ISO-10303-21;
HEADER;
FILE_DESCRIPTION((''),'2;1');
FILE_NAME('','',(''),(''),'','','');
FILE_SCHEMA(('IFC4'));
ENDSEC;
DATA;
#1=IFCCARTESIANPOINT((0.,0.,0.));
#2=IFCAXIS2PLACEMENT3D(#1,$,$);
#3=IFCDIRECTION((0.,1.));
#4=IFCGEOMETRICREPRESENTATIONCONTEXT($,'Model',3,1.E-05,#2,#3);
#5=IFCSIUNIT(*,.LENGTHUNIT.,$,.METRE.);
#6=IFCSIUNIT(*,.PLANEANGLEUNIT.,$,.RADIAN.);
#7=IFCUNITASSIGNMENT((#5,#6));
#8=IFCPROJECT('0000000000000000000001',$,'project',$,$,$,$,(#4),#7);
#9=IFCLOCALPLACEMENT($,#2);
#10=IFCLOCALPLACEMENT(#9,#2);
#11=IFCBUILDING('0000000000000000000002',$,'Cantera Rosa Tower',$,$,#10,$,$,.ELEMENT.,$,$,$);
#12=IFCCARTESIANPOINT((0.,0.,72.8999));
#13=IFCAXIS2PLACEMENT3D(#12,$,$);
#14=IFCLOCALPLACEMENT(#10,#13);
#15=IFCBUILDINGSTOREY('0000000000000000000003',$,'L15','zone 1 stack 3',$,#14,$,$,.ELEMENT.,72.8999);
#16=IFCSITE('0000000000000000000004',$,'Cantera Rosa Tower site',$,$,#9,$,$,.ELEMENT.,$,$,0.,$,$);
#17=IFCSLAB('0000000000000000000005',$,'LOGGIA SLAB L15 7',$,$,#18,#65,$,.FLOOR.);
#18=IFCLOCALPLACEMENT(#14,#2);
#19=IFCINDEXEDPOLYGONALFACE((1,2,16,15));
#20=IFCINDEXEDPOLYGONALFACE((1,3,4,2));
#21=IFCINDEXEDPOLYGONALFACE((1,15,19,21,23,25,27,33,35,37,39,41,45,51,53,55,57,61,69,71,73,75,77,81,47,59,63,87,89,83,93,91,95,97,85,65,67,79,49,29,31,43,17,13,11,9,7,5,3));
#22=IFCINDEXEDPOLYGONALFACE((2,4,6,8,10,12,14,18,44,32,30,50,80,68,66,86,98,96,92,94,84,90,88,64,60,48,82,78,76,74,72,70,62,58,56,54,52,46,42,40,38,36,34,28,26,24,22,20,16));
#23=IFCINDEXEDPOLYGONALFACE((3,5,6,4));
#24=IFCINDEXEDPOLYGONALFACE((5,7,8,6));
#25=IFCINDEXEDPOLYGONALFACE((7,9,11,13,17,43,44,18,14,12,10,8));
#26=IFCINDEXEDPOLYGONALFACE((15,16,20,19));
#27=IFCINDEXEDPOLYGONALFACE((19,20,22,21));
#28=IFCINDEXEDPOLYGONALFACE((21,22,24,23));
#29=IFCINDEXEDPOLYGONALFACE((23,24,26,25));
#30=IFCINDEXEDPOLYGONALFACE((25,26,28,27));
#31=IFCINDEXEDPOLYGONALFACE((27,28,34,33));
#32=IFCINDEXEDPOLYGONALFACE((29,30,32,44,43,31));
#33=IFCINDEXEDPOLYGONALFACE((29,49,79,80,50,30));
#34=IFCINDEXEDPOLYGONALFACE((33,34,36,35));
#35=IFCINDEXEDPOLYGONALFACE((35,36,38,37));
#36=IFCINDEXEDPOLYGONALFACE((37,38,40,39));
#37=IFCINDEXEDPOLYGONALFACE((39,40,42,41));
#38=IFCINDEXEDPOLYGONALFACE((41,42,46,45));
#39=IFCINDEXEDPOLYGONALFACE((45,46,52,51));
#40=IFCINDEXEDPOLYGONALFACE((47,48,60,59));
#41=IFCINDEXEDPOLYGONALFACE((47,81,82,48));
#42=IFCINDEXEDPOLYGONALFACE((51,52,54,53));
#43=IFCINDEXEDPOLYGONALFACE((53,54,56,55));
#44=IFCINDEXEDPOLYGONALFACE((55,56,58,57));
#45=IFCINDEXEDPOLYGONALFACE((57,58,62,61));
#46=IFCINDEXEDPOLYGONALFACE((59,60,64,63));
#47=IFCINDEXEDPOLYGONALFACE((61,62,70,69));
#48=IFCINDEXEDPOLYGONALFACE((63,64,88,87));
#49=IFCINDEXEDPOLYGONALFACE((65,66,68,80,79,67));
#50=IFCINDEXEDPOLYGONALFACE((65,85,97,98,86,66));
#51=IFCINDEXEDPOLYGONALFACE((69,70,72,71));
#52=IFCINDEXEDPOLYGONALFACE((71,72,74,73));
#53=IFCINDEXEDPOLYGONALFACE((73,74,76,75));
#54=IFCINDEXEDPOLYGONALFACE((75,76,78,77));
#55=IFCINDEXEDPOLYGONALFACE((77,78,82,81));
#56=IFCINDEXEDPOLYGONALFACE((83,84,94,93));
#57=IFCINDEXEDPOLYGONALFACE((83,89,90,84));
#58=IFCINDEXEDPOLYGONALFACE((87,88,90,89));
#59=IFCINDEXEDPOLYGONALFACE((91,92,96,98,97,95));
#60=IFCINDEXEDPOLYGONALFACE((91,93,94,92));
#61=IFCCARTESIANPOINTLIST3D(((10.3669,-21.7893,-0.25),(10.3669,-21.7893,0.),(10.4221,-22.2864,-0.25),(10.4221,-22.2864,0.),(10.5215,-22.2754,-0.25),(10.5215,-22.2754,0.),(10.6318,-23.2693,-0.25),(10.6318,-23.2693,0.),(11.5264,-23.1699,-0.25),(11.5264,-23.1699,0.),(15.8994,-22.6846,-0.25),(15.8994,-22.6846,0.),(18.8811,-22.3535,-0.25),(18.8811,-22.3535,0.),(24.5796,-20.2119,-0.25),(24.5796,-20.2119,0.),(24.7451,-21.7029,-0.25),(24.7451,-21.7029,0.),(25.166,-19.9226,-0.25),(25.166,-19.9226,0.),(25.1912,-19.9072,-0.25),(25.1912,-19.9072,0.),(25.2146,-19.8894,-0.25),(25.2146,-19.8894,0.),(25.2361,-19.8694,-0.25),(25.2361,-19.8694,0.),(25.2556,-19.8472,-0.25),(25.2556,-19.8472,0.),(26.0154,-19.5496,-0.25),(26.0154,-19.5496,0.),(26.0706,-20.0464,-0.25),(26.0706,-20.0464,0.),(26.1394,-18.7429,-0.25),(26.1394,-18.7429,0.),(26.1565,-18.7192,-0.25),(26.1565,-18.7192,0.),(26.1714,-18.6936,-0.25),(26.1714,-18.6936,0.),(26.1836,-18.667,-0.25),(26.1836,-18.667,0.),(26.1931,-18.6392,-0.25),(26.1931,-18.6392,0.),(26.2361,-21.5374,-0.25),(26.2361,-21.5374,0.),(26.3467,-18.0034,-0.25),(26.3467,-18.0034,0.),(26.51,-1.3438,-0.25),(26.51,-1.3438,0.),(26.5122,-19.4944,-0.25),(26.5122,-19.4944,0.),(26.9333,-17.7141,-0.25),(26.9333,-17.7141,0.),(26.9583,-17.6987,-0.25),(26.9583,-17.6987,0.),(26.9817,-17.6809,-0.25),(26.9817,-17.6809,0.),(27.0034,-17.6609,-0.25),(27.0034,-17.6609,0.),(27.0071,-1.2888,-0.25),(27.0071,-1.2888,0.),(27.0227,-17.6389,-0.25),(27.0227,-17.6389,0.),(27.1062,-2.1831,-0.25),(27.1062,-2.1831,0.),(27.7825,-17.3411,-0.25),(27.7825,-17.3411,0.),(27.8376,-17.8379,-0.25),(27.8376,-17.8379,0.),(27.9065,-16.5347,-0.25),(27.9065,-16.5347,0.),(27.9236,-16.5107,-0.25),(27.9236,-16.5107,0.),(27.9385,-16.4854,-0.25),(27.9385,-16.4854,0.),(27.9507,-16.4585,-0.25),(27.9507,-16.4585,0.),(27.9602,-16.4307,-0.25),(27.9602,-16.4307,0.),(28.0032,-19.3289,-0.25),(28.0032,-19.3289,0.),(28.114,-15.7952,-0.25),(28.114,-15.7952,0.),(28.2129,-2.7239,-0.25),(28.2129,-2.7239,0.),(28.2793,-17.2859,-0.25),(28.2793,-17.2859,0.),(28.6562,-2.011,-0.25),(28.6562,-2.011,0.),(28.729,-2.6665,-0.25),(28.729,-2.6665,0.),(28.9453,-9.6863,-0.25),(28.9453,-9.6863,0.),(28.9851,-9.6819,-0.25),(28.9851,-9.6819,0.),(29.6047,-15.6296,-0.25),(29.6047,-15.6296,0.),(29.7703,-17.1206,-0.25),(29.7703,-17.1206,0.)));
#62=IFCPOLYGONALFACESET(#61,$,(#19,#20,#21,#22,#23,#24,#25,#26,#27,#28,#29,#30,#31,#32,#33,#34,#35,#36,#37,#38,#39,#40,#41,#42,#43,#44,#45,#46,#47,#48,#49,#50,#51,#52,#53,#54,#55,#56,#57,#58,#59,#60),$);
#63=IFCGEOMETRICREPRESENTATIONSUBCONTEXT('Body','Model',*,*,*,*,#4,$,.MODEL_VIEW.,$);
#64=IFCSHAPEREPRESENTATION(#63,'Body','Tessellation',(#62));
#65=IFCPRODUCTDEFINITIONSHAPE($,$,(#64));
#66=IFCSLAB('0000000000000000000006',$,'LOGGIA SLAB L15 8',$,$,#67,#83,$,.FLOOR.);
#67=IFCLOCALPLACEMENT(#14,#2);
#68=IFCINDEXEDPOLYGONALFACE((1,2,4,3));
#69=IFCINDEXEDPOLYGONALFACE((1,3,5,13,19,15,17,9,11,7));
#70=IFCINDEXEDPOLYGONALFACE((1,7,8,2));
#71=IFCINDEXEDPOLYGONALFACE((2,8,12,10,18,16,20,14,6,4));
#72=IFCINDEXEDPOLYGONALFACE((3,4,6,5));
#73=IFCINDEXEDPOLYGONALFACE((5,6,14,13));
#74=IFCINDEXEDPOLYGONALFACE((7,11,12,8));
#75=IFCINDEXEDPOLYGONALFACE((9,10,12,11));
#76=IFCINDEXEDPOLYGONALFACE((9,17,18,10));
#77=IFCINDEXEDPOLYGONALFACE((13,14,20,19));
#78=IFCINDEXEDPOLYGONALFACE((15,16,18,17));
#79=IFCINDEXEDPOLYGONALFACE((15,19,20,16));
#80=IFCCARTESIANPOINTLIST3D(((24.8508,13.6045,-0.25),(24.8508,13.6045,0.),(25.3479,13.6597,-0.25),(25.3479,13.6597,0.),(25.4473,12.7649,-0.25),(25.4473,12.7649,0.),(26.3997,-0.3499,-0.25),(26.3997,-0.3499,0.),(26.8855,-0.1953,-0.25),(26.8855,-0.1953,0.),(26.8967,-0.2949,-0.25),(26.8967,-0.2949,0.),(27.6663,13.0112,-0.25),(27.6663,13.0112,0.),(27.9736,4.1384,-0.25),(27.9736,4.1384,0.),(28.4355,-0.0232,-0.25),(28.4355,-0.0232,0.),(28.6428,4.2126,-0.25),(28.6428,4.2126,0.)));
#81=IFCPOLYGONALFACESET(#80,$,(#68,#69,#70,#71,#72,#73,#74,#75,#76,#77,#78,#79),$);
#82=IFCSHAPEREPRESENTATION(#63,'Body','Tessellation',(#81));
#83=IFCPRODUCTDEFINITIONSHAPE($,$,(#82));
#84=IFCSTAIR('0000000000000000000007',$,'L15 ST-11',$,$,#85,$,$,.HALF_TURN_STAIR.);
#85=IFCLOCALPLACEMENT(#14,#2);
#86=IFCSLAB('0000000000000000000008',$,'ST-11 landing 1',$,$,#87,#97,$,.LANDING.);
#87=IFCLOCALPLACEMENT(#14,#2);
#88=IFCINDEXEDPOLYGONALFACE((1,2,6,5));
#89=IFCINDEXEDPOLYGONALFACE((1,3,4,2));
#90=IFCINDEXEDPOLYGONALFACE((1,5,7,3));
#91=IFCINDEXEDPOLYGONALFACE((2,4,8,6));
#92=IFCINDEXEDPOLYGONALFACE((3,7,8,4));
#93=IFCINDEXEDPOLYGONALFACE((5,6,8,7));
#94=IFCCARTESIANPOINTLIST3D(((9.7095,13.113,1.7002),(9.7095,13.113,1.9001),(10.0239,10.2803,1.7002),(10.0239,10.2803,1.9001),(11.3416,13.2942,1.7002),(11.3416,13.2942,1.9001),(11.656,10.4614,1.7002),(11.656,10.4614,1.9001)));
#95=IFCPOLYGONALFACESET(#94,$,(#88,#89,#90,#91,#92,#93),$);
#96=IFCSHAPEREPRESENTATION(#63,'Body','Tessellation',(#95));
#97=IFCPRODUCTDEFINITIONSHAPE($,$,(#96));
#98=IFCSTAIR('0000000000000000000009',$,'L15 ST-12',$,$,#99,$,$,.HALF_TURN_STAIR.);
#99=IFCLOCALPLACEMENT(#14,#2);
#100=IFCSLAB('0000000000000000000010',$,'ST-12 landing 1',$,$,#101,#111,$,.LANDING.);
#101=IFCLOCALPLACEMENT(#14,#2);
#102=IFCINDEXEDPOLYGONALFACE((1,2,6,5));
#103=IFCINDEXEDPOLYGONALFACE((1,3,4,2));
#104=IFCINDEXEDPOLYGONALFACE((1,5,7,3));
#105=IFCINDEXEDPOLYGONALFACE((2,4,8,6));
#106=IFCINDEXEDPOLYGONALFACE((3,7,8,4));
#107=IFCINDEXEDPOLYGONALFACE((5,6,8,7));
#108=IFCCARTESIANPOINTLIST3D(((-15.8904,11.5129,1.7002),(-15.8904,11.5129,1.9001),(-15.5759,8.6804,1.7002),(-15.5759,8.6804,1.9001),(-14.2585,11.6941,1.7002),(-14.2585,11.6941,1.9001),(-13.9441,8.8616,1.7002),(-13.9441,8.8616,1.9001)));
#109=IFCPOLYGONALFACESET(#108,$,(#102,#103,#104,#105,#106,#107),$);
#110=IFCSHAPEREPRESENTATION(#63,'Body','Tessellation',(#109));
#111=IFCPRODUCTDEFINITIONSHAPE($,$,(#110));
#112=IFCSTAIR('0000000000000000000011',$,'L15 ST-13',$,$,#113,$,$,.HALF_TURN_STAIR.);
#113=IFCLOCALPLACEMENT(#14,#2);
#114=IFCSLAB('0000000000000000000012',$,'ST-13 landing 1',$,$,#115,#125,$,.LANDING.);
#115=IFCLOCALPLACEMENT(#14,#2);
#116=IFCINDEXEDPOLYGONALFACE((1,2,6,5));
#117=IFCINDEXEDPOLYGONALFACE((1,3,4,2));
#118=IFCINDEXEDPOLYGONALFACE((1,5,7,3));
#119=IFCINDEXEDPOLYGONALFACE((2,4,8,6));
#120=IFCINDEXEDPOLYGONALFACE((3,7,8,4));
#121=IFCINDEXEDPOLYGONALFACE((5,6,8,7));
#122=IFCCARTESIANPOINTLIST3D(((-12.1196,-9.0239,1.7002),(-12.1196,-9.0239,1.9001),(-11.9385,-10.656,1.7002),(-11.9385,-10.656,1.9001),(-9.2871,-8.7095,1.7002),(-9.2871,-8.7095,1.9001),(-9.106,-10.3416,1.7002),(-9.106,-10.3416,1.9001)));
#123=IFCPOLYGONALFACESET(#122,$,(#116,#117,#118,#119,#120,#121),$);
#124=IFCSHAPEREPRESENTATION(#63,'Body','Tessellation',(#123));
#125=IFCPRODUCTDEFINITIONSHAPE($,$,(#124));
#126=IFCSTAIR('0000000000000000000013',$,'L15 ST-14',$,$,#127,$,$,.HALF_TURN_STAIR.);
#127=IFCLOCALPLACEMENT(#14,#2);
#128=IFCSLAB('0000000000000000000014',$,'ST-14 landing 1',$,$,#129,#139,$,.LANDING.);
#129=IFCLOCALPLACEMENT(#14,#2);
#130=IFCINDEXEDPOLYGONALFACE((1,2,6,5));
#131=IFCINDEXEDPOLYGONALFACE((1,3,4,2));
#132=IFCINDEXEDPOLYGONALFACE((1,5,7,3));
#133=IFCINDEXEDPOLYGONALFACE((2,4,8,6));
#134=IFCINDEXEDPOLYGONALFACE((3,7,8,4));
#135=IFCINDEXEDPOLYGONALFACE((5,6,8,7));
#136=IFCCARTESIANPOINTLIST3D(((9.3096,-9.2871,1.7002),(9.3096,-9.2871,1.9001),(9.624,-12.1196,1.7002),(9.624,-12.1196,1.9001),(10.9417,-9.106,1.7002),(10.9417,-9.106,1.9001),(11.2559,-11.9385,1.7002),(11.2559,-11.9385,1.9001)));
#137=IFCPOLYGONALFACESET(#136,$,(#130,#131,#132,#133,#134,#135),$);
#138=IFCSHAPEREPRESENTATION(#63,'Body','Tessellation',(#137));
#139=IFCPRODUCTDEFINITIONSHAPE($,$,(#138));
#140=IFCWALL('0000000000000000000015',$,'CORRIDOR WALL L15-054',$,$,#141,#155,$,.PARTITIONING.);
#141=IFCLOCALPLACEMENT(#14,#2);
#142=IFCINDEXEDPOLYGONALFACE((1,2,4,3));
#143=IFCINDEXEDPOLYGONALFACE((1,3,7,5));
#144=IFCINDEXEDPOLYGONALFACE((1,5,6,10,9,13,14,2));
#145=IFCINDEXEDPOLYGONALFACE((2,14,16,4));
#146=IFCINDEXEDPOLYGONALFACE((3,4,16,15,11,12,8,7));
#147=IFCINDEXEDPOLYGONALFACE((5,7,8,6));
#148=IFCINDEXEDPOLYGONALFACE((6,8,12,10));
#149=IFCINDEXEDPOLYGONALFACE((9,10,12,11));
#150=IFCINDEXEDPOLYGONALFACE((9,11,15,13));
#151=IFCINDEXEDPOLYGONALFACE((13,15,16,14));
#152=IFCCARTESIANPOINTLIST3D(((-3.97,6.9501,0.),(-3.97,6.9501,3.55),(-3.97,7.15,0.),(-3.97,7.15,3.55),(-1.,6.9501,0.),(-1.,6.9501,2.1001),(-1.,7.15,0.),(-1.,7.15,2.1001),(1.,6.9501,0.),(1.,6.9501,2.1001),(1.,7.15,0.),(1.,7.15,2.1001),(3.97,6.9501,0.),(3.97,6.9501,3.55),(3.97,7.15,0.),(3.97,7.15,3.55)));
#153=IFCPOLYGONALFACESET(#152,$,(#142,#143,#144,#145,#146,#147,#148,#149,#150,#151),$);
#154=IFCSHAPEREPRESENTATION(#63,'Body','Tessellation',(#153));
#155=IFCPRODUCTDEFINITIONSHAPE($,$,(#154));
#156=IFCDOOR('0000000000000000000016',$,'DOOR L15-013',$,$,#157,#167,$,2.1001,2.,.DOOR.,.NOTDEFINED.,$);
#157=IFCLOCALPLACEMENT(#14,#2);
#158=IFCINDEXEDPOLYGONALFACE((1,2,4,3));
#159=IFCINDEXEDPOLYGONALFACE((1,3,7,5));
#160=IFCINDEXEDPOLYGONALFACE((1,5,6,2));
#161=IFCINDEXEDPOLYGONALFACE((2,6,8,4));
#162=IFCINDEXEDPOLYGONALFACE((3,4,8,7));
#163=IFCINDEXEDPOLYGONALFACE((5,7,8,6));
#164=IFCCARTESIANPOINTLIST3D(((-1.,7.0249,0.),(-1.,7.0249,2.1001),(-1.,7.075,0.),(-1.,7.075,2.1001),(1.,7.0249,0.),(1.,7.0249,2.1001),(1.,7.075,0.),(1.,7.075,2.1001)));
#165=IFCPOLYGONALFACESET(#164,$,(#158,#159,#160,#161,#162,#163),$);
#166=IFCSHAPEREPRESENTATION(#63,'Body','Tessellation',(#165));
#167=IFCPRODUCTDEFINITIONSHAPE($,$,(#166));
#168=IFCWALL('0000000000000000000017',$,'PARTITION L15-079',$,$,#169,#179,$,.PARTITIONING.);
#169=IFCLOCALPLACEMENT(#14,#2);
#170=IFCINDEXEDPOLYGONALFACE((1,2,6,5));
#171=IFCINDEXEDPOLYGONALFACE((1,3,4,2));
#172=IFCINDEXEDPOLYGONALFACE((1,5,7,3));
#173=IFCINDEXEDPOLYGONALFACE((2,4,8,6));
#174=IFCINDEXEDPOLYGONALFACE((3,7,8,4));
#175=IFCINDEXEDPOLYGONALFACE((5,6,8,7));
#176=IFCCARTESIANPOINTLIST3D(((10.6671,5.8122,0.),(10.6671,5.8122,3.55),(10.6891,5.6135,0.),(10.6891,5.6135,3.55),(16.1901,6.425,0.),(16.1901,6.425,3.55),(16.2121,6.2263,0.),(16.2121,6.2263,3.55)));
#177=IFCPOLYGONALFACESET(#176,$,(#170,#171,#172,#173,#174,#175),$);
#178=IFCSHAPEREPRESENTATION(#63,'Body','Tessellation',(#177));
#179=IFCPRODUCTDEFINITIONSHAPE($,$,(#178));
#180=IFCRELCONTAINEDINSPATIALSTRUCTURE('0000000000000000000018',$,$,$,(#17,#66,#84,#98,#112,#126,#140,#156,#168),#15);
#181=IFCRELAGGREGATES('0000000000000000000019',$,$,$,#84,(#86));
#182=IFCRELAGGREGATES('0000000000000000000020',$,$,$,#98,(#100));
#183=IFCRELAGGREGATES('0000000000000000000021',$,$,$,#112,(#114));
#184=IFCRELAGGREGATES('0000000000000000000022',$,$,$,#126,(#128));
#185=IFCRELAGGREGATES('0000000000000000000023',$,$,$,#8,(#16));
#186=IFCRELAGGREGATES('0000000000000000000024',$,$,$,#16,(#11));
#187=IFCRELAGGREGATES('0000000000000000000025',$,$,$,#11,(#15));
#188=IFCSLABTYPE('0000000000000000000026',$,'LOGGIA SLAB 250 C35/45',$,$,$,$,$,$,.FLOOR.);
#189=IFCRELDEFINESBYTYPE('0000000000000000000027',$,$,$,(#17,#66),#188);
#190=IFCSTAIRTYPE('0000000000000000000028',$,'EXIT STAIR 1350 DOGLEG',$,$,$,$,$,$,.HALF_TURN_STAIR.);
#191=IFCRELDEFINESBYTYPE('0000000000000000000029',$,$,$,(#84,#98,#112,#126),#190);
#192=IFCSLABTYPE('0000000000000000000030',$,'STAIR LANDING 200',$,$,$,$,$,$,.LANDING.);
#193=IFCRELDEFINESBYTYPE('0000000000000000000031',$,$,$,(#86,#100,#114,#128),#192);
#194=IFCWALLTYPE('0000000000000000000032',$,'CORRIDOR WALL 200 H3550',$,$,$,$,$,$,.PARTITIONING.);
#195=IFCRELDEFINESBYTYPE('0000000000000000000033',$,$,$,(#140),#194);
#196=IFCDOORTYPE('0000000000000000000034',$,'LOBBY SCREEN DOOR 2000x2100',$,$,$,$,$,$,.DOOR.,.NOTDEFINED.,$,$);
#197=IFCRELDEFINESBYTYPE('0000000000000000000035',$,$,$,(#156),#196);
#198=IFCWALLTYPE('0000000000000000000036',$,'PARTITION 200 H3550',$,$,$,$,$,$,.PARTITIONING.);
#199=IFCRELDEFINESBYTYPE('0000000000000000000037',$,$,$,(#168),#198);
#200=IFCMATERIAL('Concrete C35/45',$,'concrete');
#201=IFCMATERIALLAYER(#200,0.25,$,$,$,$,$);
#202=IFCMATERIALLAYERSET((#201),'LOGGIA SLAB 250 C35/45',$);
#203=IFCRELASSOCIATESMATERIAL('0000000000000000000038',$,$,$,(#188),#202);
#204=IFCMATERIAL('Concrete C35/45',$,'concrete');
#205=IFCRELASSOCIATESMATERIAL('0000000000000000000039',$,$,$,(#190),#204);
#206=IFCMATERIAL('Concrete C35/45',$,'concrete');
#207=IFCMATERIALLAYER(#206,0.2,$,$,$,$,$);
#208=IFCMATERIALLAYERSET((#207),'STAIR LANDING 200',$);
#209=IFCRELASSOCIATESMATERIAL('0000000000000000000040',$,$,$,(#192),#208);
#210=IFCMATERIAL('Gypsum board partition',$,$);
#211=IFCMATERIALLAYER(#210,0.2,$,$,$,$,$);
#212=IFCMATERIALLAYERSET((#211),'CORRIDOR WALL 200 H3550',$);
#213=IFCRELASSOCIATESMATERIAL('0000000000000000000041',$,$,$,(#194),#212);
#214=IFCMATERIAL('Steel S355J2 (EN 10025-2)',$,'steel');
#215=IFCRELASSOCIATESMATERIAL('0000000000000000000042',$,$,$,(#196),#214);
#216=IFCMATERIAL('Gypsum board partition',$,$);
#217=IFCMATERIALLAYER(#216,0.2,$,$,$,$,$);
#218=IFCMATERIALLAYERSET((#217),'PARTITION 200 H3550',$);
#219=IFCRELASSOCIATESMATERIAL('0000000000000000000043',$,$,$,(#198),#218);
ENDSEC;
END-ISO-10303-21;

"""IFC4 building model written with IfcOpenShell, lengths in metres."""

from ifc_helpers import new_model, si_unit, direction, frame, frame_2d, origin, place, context, subcontext, project, spatial, polyline, rectangle, outline, extrude, material, layer, layer_set, type_object, element, fill, aggregate, save


model = new_model("IFC4")

# Units and contexts
model_context = context("Model", 3, precision=1e-05, world=origin(), true_north=direction((0.0, 1.0)))
body_context = subcontext(model_context, "Body", "Model", "MODEL_VIEW")
ifc_project = project(units=[si_unit("LENGTHUNIT", "METRE"), si_unit("PLANEANGLEUNIT", "RADIAN")], contexts=[model_context])

# Site, building, storey
site_placement = place(None, origin())
site = spatial("IfcSite", under=ifc_project, at=site_placement, Name="Cantera Rosa Tower site", CompositionType="ELEMENT", RefElevation=0.0)
building_placement = place(site_placement, origin())
building = spatial("IfcBuilding", under=site, at=building_placement, Name="Cantera Rosa Tower", CompositionType="ELEMENT")
storey_placement = place(building_placement, frame((0.0, 0.0, 72.8999)))
storey = spatial("IfcBuildingStorey", under=building, at=storey_placement, Name="L15", Description="zone 1 stack 3", CompositionType="ELEMENT", Elevation=72.8999)

# Slabs
ifc_material_1 = material(Name="Concrete C35/45", Category="concrete")
ifc_layer_1 = layer(ifc_material_1, 0.25)
ifc_layer_set_1 = layer_set([ifc_layer_1], Name="LOGGIA SLAB 250 C35/45")
slab_type_1 = type_object("IfcSlabType", Name="LOGGIA SLAB 250 C35/45", PredefinedType="FLOOR", material=ifc_layer_set_1)
slab_1_placement = place(storey_placement, frame((0.0, 0.0, -0.25)))
element("IfcSlab", 1, at=slab_1_placement, inside=storey, type_object=slab_type_1, Name="LOGGIA SLAB L15 7", PredefinedType="FLOOR", context=body_context, shape_type="SweptSolid", body=[
    extrude(outline(polyline([(28.9851, -9.6819), (28.9453, -9.6863), (29.6047, -15.6296), (29.7703, -17.1206), (28.2793, -17.2859), (27.7825, -17.3411), (27.8376, -17.8379), (28.0032, -19.3289), (26.5122, -19.4944), (26.0154, -19.5496), (26.0706, -20.0464), (26.2361, -21.5374), (24.7451, -21.7029), (18.8811, -22.3535), (15.8994, -22.6846), (11.5264, -23.1699), (10.6318, -23.2693), (10.5215, -22.2754), (10.4221, -22.2864), (10.3669, -21.7893), (24.5796, -20.2119), (25.166, -19.9226), (25.1912, -19.9072), (25.2146, -19.8894), (25.2361, -19.8694), (25.2556, -19.8472), (26.1394, -18.7429), (26.1565, -18.7192), (26.1714, -18.6936), (26.1836, -18.667), (26.1931, -18.6392), (26.3467, -18.0034), (26.9333, -17.7141), (26.9583, -17.6987), (26.9817, -17.6809), (27.0034, -17.6609), (27.0227, -17.6389), (27.9065, -16.5347), (27.9236, -16.5107), (27.9385, -16.4854), (27.9507, -16.4585), (27.9602, -16.4307), (28.114, -15.7952), (26.51, -1.3438), (27.0071, -1.2888), (27.1062, -2.1831), (28.6562, -2.011), (28.729, -2.6665), (28.2129, -2.7239), (28.9851, -9.6819)])), origin(), (0.0, 0.0, 1.0), 0.25),
])
slab_2_placement = place(storey_placement, frame((0.0, 0.0, -0.25)))
element("IfcSlab", 2, at=slab_2_placement, inside=storey, type_object=slab_type_1, Name="LOGGIA SLAB L15 8", PredefinedType="FLOOR", context=body_context, shape_type="SweptSolid", body=[
    extrude(outline(polyline([(28.4355, -0.0232), (26.8855, -0.1953), (26.8967, -0.2949), (26.3997, -0.3499), (24.8508, 13.6045), (25.3479, 13.6597), (25.4473, 12.7649), (27.6663, 13.0112), (28.6428, 4.2126), (27.9736, 4.1384), (28.4355, -0.0232)])), origin(), (0.0, 0.0, 1.0), 0.25),
])

# Stairs, slabs
ifc_material_2 = material(Name="Concrete C35/45", Category="concrete")
stair_type = type_object("IfcStairType", Name="EXIT STAIR 1350 DOGLEG", PredefinedType="HALF_TURN_STAIR", material=ifc_material_2)
stair_1_placement = place(storey_placement, origin())
stair_1 = element("IfcStair", 3, at=stair_1_placement, inside=storey, type_object=stair_type, Name="L15 ST-11", PredefinedType="HALF_TURN_STAIR")
ifc_material_3 = material(Name="Concrete C35/45", Category="concrete")
ifc_layer_2 = layer(ifc_material_3, 0.2)
ifc_layer_set_2 = layer_set([ifc_layer_2], Name="STAIR LANDING 200")
slab_type_2 = type_object("IfcSlabType", Name="STAIR LANDING 200", PredefinedType="LANDING", material=ifc_layer_set_2)
slab_3_placement = place(storey_placement, frame((0.0, 0.0, 1.7002)))
slab_3 = element("IfcSlab", 4, at=slab_3_placement, type_object=slab_type_2, Name="ST-11 landing 1", PredefinedType="LANDING", context=body_context, shape_type="SweptSolid", body=[
    extrude(outline(polyline([(11.3416, 13.2942), (9.7095, 13.113), (10.0239, 10.2803), (11.656, 10.4614), (11.3416, 13.2942)])), origin(), (0.0, 0.0, 1.0), 0.2),
])
aggregate(stair_1, [slab_3])
stair_2_placement = place(storey_placement, origin())
stair_2 = element("IfcStair", 5, at=stair_2_placement, inside=storey, type_object=stair_type, Name="L15 ST-12", PredefinedType="HALF_TURN_STAIR")
slab_4_placement = place(storey_placement, frame((0.0, 0.0, 1.7002)))
slab_4 = element("IfcSlab", 6, at=slab_4_placement, type_object=slab_type_2, Name="ST-12 landing 1", PredefinedType="LANDING", context=body_context, shape_type="SweptSolid", body=[
    extrude(outline(polyline([(-14.2585, 11.6941), (-15.8904, 11.5129), (-15.5759, 8.6804), (-13.9441, 8.8616), (-14.2585, 11.6941)])), origin(), (0.0, 0.0, 1.0), 0.2),
])
aggregate(stair_2, [slab_4])
stair_3_placement = place(storey_placement, origin())
stair_3 = element("IfcStair", 7, at=stair_3_placement, inside=storey, type_object=stair_type, Name="L15 ST-13", PredefinedType="HALF_TURN_STAIR")
slab_5_placement = place(storey_placement, frame((0.0, 0.0, 1.7002)))
slab_5 = element("IfcSlab", 8, at=slab_5_placement, type_object=slab_type_2, Name="ST-13 landing 1", PredefinedType="LANDING", context=body_context, shape_type="SweptSolid", body=[
    extrude(outline(polyline([(-9.106, -10.3416), (-9.2871, -8.7095), (-12.1196, -9.0239), (-11.9385, -10.656), (-9.106, -10.3416)])), origin(), (0.0, 0.0, 1.0), 0.2),
])
aggregate(stair_3, [slab_5])
stair_4_placement = place(storey_placement, origin())
stair_4 = element("IfcStair", 9, at=stair_4_placement, inside=storey, type_object=stair_type, Name="L15 ST-14", PredefinedType="HALF_TURN_STAIR")
slab_6_placement = place(storey_placement, frame((0.0, 0.0, 1.7002)))
slab_6 = element("IfcSlab", 10, at=slab_6_placement, type_object=slab_type_2, Name="ST-14 landing 1", PredefinedType="LANDING", context=body_context, shape_type="SweptSolid", body=[
    extrude(outline(polyline([(10.9417, -9.106), (9.3096, -9.2871), (9.624, -12.1196), (11.2559, -11.9385), (10.9417, -9.106)])), origin(), (0.0, 0.0, 1.0), 0.2),
])
aggregate(stair_4, [slab_6])

# Wall, opening, door
ifc_material_4 = material(Name="Gypsum board partition")
ifc_layer_3 = layer(ifc_material_4, 0.2)
ifc_layer_set_3 = layer_set([ifc_layer_3], Name="CORRIDOR WALL 200 H3550")
wall_type_1 = type_object("IfcWallType", Name="CORRIDOR WALL 200 H3550", PredefinedType="PARTITIONING", material=ifc_layer_set_3)
wall_1_placement = place(storey_placement, frame((-3.97, 7.05, 0.0), z_axis=(0.0, 0.0, 1.0), x_axis=(1.0, 0.0, 0.0)))
wall_1 = element("IfcWall", 11, at=wall_1_placement, inside=storey, type_object=wall_type_1, Name="CORRIDOR WALL L15-054", PredefinedType="PARTITIONING", context=body_context, shape_type="SweptSolid", body=[
    extrude(rectangle(XDim=7.9399, YDim=0.2, at=frame_2d((3.97, 0.0))), origin(), (0.0, 0.0, 1.0), 3.55),
])
opening_1_placement = place(wall_1_placement, frame((2.97, 0.0, 0.0)))
opening_1 = element("IfcOpeningElement", 12, at=opening_1_placement, cuts=wall_1, PredefinedType="OPENING", context=body_context, shape_type="SweptSolid", body=[
    extrude(rectangle(XDim=2.0, YDim=2.1001, at=frame_2d((1.0, 1.05))), frame((0.0, 0.1099, 0.0), z_axis=(0.0, -1.0, 0.0), x_axis=(1.0, 0.0, 0.0)), (0.0, 0.0, 1.0), 0.22),
])
ifc_material_5 = material(Name="Steel S355J2 (EN 10025-2)", Category="steel")
door_type_1 = type_object("IfcDoorType", Name="LOBBY SCREEN DOOR 2000x2100", OperationType="NOTDEFINED", PredefinedType="DOOR", material=ifc_material_5)
door_1_placement = place(opening_1_placement, origin())
door_1 = element("IfcDoor", 13, at=door_1_placement, inside=storey, type_object=door_type_1, Name="DOOR L15-013", OperationType="NOTDEFINED", OverallHeight=2.1001, OverallWidth=2.0, PredefinedType="DOOR", context=body_context, shape_type="SweptSolid", body=[
    extrude(rectangle(XDim=2.0, YDim=2.1001, at=frame_2d((1.0, 1.05))), frame((0.0, 0.0249, 0.0), z_axis=(0.0, -1.0, 0.0), x_axis=(1.0, 0.0, 0.0)), (0.0, 0.0, 1.0), 0.05),
])
fill(opening_1, door_1)

# Wall
ifc_material_6 = material(Name="Gypsum board partition")
ifc_layer_4 = layer(ifc_material_6, 0.2)
ifc_layer_set_4 = layer_set([ifc_layer_4], Name="PARTITION 200 H3550")
wall_type_2 = type_object("IfcWallType", Name="PARTITION 200 H3550", PredefinedType="PARTITIONING", material=ifc_layer_set_4)
wall_2_placement = place(storey_placement, frame((10.6782, 5.7129, 0.0), z_axis=(0.0, 0.0, 1.0), x_axis=(0.993901, 0.110277, 0.0)))
element("IfcWall", 14, at=wall_2_placement, inside=storey, type_object=wall_type_2, Name="PARTITION L15-079", PredefinedType="PARTITIONING", context=body_context, shape_type="SweptSolid", body=[
    extrude(rectangle(XDim=5.5569, YDim=0.2, at=frame_2d((2.7783, 0.0))), origin(), (0.0, 0.0, 1.0), 3.55),
])

save(model, "model.ifc")
